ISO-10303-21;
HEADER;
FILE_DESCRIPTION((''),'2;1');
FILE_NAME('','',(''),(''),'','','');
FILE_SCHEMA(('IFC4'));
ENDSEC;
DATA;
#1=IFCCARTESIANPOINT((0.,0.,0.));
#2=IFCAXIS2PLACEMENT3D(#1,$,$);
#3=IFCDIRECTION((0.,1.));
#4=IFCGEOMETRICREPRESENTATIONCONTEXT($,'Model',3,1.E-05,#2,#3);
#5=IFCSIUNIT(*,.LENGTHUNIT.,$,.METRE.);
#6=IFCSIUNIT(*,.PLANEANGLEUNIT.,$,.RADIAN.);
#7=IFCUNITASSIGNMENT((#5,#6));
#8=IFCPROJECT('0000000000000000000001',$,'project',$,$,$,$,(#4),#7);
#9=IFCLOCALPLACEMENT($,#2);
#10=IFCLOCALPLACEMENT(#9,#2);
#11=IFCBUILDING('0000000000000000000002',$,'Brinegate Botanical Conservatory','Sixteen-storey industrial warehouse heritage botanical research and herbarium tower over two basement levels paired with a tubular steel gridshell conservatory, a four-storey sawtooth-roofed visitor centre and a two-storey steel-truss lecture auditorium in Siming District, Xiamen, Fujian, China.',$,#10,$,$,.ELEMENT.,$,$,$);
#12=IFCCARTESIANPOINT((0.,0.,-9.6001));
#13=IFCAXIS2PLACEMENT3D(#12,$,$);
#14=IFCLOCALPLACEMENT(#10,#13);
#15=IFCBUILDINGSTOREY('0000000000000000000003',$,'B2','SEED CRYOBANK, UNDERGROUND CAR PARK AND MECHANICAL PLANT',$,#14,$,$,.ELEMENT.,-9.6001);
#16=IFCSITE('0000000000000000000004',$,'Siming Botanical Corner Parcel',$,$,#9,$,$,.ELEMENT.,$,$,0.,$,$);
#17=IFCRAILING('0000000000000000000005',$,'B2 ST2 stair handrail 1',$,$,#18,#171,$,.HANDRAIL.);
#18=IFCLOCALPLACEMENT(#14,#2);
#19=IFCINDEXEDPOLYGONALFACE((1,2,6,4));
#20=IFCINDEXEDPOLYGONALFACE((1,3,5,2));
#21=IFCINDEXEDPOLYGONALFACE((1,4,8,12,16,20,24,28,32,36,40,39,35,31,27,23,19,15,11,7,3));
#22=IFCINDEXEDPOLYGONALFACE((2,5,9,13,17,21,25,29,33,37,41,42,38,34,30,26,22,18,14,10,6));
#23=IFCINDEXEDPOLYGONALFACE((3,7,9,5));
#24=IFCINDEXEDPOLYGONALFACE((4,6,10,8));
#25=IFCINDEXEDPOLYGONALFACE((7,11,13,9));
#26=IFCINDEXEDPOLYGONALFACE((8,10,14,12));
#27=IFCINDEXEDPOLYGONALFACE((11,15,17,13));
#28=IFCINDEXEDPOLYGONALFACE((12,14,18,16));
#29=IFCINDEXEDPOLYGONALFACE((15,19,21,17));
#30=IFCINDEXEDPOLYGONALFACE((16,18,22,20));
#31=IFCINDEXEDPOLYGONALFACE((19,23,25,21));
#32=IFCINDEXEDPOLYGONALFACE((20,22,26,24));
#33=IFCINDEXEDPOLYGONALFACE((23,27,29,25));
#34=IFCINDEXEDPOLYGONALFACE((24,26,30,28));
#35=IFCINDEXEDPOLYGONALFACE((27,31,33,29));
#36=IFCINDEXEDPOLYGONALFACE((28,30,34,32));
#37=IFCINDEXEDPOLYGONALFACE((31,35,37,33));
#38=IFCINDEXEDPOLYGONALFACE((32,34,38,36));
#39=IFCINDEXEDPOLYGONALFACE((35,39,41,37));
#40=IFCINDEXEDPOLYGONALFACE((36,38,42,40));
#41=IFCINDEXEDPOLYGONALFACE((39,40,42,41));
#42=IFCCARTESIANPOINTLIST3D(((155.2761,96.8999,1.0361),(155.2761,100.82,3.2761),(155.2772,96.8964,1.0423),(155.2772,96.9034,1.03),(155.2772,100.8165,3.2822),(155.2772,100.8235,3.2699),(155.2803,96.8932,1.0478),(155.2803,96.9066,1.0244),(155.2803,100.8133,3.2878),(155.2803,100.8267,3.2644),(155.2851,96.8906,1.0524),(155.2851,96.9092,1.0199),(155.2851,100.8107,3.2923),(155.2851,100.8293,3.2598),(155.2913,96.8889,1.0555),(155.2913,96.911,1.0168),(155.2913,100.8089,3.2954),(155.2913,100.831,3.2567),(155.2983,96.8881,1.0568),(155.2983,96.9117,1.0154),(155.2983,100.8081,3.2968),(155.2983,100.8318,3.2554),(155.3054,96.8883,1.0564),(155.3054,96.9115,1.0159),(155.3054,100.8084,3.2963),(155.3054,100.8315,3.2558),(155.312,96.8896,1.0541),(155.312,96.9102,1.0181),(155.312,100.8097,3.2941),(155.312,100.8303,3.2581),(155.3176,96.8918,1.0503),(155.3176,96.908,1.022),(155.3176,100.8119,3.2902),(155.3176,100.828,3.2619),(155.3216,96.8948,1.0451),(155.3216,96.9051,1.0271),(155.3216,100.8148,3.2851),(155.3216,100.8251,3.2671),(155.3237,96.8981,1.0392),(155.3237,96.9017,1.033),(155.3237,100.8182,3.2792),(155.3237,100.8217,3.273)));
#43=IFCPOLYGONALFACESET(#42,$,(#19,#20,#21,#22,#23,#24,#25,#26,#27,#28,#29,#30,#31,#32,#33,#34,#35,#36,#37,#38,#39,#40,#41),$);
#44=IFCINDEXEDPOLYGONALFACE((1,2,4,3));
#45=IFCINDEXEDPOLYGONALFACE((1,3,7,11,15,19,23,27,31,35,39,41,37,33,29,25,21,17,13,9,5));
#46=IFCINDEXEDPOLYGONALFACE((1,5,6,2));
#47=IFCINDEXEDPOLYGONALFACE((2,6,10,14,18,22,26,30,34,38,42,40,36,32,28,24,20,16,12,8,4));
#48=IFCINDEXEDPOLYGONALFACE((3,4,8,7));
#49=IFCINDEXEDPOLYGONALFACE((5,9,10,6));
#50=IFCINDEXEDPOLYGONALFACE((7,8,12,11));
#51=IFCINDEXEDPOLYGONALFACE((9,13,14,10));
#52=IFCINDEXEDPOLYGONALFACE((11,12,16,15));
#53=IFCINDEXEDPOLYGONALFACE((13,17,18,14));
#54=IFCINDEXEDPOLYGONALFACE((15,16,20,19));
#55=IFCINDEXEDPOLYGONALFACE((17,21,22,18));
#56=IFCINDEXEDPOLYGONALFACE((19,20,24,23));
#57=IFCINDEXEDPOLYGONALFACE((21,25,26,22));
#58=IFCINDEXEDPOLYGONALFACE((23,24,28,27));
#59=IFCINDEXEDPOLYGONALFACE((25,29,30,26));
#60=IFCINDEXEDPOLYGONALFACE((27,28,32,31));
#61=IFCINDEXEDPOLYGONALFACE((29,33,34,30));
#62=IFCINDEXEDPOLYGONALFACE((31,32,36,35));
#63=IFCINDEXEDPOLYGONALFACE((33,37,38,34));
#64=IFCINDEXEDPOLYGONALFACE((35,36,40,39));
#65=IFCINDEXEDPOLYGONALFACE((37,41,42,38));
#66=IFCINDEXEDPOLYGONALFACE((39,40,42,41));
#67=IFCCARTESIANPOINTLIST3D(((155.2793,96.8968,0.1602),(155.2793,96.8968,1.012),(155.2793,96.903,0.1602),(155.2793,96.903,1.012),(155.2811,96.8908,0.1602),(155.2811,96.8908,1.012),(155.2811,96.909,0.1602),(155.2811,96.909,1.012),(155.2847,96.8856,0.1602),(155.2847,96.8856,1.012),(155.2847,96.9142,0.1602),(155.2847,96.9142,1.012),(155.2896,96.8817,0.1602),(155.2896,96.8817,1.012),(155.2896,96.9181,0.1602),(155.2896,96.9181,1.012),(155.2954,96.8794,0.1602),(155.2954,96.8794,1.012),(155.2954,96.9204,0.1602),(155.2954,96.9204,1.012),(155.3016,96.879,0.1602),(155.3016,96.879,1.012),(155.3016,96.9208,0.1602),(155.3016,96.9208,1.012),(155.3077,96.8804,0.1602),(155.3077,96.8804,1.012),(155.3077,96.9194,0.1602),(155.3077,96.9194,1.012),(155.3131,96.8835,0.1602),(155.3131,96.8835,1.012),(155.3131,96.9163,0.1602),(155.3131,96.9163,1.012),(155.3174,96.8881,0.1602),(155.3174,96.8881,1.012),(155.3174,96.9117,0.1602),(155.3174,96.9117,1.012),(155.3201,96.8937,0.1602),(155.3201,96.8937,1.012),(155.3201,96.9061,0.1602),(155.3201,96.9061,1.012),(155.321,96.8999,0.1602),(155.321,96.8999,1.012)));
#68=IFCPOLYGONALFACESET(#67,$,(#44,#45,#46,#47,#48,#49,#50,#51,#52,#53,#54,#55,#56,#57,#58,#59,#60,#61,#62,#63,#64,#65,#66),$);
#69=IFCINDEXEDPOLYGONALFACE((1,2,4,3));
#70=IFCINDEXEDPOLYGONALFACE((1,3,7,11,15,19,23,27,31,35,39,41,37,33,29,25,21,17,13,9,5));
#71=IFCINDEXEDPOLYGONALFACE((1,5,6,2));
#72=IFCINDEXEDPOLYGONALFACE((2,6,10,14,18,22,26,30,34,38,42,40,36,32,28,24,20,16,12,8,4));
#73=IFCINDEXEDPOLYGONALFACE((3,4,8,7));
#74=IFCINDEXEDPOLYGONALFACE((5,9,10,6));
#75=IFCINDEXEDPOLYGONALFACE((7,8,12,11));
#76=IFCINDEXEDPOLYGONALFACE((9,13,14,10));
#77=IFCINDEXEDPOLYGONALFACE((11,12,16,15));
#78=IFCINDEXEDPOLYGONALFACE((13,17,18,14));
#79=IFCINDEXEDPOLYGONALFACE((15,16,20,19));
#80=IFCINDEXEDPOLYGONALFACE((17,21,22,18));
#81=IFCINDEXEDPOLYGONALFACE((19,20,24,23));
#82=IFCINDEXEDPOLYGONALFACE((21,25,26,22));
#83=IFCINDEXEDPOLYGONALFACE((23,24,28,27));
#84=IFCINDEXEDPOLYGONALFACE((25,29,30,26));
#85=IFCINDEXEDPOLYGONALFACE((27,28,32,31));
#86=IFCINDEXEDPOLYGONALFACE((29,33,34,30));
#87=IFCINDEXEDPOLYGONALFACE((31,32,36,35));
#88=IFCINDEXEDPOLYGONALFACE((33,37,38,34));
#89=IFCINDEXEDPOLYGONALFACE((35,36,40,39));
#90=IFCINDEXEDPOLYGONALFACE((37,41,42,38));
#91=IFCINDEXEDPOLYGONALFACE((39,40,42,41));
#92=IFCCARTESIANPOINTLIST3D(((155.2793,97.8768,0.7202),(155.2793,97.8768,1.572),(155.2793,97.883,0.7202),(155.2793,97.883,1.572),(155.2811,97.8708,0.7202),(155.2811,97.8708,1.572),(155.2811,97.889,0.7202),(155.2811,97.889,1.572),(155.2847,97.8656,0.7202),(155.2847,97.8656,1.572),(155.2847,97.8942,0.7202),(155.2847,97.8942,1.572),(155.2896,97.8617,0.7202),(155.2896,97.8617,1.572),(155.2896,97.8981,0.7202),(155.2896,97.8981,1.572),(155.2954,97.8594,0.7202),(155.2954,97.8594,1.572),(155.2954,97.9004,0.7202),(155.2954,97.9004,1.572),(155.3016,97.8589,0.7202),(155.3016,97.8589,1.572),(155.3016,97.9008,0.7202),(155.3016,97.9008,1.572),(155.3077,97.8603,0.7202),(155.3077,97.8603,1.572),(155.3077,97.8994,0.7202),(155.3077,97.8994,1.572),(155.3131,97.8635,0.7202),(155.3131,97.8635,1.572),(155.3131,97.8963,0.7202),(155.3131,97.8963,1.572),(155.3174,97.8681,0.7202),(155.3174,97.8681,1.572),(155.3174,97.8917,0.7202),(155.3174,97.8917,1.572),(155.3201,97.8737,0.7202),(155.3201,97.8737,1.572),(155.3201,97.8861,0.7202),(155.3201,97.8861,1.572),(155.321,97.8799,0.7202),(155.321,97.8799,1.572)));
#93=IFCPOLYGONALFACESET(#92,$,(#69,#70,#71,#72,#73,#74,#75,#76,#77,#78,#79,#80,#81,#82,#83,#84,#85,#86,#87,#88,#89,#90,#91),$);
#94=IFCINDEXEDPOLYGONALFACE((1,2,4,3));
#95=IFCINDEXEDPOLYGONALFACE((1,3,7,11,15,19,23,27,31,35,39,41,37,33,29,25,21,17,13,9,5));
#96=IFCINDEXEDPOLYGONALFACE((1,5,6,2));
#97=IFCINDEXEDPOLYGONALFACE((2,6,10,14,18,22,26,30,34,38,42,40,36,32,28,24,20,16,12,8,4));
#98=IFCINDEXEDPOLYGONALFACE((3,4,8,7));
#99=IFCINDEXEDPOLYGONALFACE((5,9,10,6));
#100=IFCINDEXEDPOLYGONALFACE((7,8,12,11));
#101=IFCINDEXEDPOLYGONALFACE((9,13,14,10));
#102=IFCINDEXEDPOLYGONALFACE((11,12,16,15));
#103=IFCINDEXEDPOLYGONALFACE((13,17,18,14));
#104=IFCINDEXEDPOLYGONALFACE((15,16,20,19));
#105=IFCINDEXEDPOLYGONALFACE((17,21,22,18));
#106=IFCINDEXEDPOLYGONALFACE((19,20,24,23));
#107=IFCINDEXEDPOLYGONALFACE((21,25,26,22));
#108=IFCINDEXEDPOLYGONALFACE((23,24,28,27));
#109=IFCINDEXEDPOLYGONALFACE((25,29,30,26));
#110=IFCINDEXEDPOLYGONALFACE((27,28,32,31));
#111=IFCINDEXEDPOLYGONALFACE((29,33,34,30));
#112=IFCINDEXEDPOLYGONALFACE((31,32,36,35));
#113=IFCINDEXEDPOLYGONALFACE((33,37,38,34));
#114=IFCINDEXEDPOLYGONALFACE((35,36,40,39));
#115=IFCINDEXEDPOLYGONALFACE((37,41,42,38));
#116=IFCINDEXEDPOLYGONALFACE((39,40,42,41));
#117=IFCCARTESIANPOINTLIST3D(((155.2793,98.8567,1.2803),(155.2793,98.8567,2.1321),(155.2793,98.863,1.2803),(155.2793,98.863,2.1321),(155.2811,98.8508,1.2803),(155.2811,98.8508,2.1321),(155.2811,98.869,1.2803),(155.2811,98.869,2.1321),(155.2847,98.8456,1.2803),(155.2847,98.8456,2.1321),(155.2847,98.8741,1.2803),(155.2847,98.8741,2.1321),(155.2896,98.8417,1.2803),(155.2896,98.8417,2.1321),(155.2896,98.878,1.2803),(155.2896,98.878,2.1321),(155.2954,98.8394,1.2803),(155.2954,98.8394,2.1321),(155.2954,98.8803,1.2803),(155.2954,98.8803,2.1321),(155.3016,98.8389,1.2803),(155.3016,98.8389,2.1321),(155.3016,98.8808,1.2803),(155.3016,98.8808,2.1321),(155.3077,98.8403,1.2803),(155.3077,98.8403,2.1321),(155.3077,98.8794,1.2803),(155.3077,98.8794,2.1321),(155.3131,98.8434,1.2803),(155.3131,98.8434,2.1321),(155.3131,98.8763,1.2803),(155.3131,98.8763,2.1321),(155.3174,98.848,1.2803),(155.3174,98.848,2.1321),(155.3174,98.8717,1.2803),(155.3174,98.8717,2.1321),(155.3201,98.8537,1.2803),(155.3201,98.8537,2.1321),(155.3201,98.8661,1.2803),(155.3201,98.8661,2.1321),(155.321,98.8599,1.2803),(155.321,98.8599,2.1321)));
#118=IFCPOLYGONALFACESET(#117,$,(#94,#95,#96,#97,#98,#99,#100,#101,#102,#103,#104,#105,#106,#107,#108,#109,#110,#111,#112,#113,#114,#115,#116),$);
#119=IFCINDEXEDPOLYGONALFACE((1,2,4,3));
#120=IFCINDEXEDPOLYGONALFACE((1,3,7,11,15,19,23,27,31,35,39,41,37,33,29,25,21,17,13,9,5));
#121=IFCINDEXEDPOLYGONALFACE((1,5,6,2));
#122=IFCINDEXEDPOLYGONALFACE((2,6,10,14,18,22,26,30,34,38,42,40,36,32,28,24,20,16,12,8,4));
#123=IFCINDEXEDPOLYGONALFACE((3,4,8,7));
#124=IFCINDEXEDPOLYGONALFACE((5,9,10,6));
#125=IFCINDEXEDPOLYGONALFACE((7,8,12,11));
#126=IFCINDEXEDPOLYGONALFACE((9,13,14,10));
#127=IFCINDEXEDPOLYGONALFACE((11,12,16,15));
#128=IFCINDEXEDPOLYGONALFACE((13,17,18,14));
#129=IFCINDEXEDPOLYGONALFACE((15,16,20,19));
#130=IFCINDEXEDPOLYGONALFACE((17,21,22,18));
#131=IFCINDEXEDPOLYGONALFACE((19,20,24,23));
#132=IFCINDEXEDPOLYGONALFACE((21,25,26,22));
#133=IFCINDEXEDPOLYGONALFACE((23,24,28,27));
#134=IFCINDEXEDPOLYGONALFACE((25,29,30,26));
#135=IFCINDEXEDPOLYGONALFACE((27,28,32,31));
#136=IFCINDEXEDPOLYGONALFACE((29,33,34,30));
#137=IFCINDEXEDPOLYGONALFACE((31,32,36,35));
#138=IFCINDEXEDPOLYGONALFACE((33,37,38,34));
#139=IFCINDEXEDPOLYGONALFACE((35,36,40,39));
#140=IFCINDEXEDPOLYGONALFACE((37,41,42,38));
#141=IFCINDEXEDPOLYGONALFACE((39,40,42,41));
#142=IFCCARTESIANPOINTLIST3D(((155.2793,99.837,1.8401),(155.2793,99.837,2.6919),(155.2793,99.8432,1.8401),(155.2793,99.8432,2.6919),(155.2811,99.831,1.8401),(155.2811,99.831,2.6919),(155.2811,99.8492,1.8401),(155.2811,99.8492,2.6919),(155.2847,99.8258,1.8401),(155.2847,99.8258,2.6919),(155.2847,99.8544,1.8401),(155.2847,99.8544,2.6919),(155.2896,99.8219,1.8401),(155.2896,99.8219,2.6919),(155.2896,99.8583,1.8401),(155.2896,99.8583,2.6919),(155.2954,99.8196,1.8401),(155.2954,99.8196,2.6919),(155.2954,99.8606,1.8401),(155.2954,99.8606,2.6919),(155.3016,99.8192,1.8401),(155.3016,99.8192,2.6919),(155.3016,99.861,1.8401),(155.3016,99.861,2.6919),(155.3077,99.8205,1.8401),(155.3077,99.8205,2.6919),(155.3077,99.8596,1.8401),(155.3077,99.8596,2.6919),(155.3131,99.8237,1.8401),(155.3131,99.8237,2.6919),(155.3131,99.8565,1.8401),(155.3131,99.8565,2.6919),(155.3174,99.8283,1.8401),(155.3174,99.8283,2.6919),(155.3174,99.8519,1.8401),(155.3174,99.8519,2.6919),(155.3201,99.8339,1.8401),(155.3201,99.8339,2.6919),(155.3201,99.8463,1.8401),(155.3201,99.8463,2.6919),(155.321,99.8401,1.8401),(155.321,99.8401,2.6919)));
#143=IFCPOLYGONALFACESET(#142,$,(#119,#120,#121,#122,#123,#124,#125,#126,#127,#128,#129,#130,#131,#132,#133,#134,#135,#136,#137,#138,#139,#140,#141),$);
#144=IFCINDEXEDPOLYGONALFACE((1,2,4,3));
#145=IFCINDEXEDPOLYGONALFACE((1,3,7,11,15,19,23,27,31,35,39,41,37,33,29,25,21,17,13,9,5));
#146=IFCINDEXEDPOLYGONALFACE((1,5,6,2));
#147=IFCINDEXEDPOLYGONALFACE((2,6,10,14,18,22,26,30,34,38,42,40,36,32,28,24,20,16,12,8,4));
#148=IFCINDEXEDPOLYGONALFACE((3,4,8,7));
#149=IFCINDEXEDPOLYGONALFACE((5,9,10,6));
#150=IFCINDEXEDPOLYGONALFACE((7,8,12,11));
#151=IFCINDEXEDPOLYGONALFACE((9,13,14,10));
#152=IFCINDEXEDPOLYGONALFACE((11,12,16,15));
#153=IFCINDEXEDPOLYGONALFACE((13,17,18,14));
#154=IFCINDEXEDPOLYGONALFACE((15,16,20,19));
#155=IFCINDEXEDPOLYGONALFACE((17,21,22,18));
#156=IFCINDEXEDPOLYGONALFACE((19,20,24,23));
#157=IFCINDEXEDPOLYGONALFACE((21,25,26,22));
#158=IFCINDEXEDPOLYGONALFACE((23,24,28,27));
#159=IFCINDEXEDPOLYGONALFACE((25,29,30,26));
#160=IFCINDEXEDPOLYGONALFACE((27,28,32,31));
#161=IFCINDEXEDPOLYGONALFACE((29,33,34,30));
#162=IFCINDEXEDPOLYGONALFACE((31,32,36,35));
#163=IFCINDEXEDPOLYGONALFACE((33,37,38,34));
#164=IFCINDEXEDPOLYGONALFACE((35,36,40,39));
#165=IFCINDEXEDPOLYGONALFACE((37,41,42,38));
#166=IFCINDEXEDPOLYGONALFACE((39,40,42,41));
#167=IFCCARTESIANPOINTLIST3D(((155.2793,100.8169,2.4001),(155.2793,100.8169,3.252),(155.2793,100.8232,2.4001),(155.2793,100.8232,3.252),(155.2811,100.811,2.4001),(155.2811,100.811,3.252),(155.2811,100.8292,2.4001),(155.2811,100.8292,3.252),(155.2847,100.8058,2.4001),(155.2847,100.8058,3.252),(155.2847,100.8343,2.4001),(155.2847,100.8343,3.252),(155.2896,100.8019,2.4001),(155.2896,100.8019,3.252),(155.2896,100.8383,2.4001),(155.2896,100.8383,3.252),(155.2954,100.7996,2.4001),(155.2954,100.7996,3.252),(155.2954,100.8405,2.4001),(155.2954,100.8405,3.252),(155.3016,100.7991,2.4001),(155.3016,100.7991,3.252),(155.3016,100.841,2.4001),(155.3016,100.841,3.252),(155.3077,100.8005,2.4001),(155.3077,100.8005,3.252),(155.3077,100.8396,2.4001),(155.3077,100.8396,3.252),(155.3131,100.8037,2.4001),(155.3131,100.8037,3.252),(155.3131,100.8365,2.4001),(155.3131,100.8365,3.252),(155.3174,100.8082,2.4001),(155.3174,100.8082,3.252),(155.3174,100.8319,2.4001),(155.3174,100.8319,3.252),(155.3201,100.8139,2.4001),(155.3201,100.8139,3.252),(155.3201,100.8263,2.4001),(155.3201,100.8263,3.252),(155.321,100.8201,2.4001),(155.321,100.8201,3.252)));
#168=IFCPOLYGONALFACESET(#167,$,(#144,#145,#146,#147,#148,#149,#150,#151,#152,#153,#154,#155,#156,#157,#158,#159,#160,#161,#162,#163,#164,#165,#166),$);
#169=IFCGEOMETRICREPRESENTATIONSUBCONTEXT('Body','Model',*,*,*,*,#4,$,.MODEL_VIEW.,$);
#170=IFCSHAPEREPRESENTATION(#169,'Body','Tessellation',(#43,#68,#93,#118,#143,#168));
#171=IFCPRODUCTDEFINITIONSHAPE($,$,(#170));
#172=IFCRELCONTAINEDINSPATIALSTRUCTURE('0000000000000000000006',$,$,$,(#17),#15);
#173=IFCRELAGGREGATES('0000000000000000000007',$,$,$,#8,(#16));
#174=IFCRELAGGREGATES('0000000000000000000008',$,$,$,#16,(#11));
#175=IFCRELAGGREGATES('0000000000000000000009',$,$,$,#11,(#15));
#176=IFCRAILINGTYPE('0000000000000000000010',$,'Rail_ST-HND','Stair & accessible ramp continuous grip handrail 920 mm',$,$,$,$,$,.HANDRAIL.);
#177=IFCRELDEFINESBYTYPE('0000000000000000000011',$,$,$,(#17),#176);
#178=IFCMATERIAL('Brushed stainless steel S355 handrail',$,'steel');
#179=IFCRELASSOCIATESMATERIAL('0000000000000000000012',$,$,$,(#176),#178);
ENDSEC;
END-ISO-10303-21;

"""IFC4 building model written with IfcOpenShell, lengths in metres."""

from ifc_helpers import new_model, si_unit, direction, frame, origin, origin_2d, place, context, subcontext, project, spatial, circle, extrude, material, type_object, element, save


model = new_model("IFC4")

# Units and contexts
model_context = context("Model", 3, precision=1e-05, world=origin(), true_north=direction((0.0, 1.0)))
body_context = subcontext(model_context, "Body", "Model", "MODEL_VIEW")
ifc_project = project(units=[si_unit("LENGTHUNIT", "METRE"), si_unit("PLANEANGLEUNIT", "RADIAN")], contexts=[model_context])

# Site, building, storey
site_placement = place(None, origin())
site = spatial("IfcSite", under=ifc_project, at=site_placement, Name="Siming Botanical Corner Parcel", CompositionType="ELEMENT", RefElevation=0.0)
building_placement = place(site_placement, origin())
building = spatial("IfcBuilding", under=site, at=building_placement, Name="Brinegate Botanical Conservatory", Description="Sixteen-storey industrial warehouse heritage botanical research and herbarium tower over two basement levels paired with a tubular steel gridshell conservatory, a four-storey sawtooth-roofed visitor centre and a two-storey steel-truss lecture auditorium in Siming District, Xiamen, Fujian, China.", CompositionType="ELEMENT")
storey_placement = place(building_placement, frame((0.0, 0.0, -9.6001)))
storey = spatial("IfcBuildingStorey", under=building, at=storey_placement, Name="B2", Description="SEED CRYOBANK, UNDERGROUND CAR PARK AND MECHANICAL PLANT", CompositionType="ELEMENT", Elevation=-9.6001)

# Railing
ifc_material_1 = material(Name="Brushed stainless steel S355 handrail", Category="steel")
railing_type_1 = type_object("IfcRailingType", Name="Rail_ST-HND", Description="Stair & accessible ramp continuous grip handrail 920 mm", PredefinedType="HANDRAIL", material=ifc_material_1)
railing_1_placement = place(storey_placement, frame((155.3, 96.8999, 0.1602)))
element("IfcRailing", 1, at=railing_1_placement, inside=storey, type_object=railing_type_1, Name="B2 ST2 stair handrail 1", PredefinedType="HANDRAIL", context=body_context, shape_type="SweptSolid", body=[
    extrude(circle(Radius=0.0239, at=origin_2d()), frame((0.0, 0.0, 0.876), z_axis=(0.0, 0.868253, 0.496121), x_axis=(-1.0, 0.0, 0.0)), (0.0, 0.0, 1.0), 4.5149),
    extrude(circle(Radius=0.021, at=origin_2d()), origin(), (0.0, 0.0, 1.0), 0.8518),
    extrude(circle(Radius=0.021, at=origin_2d()), frame((0.0, 0.98, 0.5601)), (0.0, 0.0, 1.0), 0.8518),
    extrude(circle(Radius=0.021, at=origin_2d()), frame((0.0, 1.96, 1.1201)), (0.0, 0.0, 1.0), 0.8518),
    extrude(circle(Radius=0.021, at=origin_2d()), frame((0.0, 2.9402, 1.6799)), (0.0, 0.0, 1.0), 0.8518),
    extrude(circle(Radius=0.021, at=origin_2d()), frame((0.0, 3.9202, 2.24)), (0.0, 0.0, 1.0), 0.8518),
])

save(model, "model.ifc")
